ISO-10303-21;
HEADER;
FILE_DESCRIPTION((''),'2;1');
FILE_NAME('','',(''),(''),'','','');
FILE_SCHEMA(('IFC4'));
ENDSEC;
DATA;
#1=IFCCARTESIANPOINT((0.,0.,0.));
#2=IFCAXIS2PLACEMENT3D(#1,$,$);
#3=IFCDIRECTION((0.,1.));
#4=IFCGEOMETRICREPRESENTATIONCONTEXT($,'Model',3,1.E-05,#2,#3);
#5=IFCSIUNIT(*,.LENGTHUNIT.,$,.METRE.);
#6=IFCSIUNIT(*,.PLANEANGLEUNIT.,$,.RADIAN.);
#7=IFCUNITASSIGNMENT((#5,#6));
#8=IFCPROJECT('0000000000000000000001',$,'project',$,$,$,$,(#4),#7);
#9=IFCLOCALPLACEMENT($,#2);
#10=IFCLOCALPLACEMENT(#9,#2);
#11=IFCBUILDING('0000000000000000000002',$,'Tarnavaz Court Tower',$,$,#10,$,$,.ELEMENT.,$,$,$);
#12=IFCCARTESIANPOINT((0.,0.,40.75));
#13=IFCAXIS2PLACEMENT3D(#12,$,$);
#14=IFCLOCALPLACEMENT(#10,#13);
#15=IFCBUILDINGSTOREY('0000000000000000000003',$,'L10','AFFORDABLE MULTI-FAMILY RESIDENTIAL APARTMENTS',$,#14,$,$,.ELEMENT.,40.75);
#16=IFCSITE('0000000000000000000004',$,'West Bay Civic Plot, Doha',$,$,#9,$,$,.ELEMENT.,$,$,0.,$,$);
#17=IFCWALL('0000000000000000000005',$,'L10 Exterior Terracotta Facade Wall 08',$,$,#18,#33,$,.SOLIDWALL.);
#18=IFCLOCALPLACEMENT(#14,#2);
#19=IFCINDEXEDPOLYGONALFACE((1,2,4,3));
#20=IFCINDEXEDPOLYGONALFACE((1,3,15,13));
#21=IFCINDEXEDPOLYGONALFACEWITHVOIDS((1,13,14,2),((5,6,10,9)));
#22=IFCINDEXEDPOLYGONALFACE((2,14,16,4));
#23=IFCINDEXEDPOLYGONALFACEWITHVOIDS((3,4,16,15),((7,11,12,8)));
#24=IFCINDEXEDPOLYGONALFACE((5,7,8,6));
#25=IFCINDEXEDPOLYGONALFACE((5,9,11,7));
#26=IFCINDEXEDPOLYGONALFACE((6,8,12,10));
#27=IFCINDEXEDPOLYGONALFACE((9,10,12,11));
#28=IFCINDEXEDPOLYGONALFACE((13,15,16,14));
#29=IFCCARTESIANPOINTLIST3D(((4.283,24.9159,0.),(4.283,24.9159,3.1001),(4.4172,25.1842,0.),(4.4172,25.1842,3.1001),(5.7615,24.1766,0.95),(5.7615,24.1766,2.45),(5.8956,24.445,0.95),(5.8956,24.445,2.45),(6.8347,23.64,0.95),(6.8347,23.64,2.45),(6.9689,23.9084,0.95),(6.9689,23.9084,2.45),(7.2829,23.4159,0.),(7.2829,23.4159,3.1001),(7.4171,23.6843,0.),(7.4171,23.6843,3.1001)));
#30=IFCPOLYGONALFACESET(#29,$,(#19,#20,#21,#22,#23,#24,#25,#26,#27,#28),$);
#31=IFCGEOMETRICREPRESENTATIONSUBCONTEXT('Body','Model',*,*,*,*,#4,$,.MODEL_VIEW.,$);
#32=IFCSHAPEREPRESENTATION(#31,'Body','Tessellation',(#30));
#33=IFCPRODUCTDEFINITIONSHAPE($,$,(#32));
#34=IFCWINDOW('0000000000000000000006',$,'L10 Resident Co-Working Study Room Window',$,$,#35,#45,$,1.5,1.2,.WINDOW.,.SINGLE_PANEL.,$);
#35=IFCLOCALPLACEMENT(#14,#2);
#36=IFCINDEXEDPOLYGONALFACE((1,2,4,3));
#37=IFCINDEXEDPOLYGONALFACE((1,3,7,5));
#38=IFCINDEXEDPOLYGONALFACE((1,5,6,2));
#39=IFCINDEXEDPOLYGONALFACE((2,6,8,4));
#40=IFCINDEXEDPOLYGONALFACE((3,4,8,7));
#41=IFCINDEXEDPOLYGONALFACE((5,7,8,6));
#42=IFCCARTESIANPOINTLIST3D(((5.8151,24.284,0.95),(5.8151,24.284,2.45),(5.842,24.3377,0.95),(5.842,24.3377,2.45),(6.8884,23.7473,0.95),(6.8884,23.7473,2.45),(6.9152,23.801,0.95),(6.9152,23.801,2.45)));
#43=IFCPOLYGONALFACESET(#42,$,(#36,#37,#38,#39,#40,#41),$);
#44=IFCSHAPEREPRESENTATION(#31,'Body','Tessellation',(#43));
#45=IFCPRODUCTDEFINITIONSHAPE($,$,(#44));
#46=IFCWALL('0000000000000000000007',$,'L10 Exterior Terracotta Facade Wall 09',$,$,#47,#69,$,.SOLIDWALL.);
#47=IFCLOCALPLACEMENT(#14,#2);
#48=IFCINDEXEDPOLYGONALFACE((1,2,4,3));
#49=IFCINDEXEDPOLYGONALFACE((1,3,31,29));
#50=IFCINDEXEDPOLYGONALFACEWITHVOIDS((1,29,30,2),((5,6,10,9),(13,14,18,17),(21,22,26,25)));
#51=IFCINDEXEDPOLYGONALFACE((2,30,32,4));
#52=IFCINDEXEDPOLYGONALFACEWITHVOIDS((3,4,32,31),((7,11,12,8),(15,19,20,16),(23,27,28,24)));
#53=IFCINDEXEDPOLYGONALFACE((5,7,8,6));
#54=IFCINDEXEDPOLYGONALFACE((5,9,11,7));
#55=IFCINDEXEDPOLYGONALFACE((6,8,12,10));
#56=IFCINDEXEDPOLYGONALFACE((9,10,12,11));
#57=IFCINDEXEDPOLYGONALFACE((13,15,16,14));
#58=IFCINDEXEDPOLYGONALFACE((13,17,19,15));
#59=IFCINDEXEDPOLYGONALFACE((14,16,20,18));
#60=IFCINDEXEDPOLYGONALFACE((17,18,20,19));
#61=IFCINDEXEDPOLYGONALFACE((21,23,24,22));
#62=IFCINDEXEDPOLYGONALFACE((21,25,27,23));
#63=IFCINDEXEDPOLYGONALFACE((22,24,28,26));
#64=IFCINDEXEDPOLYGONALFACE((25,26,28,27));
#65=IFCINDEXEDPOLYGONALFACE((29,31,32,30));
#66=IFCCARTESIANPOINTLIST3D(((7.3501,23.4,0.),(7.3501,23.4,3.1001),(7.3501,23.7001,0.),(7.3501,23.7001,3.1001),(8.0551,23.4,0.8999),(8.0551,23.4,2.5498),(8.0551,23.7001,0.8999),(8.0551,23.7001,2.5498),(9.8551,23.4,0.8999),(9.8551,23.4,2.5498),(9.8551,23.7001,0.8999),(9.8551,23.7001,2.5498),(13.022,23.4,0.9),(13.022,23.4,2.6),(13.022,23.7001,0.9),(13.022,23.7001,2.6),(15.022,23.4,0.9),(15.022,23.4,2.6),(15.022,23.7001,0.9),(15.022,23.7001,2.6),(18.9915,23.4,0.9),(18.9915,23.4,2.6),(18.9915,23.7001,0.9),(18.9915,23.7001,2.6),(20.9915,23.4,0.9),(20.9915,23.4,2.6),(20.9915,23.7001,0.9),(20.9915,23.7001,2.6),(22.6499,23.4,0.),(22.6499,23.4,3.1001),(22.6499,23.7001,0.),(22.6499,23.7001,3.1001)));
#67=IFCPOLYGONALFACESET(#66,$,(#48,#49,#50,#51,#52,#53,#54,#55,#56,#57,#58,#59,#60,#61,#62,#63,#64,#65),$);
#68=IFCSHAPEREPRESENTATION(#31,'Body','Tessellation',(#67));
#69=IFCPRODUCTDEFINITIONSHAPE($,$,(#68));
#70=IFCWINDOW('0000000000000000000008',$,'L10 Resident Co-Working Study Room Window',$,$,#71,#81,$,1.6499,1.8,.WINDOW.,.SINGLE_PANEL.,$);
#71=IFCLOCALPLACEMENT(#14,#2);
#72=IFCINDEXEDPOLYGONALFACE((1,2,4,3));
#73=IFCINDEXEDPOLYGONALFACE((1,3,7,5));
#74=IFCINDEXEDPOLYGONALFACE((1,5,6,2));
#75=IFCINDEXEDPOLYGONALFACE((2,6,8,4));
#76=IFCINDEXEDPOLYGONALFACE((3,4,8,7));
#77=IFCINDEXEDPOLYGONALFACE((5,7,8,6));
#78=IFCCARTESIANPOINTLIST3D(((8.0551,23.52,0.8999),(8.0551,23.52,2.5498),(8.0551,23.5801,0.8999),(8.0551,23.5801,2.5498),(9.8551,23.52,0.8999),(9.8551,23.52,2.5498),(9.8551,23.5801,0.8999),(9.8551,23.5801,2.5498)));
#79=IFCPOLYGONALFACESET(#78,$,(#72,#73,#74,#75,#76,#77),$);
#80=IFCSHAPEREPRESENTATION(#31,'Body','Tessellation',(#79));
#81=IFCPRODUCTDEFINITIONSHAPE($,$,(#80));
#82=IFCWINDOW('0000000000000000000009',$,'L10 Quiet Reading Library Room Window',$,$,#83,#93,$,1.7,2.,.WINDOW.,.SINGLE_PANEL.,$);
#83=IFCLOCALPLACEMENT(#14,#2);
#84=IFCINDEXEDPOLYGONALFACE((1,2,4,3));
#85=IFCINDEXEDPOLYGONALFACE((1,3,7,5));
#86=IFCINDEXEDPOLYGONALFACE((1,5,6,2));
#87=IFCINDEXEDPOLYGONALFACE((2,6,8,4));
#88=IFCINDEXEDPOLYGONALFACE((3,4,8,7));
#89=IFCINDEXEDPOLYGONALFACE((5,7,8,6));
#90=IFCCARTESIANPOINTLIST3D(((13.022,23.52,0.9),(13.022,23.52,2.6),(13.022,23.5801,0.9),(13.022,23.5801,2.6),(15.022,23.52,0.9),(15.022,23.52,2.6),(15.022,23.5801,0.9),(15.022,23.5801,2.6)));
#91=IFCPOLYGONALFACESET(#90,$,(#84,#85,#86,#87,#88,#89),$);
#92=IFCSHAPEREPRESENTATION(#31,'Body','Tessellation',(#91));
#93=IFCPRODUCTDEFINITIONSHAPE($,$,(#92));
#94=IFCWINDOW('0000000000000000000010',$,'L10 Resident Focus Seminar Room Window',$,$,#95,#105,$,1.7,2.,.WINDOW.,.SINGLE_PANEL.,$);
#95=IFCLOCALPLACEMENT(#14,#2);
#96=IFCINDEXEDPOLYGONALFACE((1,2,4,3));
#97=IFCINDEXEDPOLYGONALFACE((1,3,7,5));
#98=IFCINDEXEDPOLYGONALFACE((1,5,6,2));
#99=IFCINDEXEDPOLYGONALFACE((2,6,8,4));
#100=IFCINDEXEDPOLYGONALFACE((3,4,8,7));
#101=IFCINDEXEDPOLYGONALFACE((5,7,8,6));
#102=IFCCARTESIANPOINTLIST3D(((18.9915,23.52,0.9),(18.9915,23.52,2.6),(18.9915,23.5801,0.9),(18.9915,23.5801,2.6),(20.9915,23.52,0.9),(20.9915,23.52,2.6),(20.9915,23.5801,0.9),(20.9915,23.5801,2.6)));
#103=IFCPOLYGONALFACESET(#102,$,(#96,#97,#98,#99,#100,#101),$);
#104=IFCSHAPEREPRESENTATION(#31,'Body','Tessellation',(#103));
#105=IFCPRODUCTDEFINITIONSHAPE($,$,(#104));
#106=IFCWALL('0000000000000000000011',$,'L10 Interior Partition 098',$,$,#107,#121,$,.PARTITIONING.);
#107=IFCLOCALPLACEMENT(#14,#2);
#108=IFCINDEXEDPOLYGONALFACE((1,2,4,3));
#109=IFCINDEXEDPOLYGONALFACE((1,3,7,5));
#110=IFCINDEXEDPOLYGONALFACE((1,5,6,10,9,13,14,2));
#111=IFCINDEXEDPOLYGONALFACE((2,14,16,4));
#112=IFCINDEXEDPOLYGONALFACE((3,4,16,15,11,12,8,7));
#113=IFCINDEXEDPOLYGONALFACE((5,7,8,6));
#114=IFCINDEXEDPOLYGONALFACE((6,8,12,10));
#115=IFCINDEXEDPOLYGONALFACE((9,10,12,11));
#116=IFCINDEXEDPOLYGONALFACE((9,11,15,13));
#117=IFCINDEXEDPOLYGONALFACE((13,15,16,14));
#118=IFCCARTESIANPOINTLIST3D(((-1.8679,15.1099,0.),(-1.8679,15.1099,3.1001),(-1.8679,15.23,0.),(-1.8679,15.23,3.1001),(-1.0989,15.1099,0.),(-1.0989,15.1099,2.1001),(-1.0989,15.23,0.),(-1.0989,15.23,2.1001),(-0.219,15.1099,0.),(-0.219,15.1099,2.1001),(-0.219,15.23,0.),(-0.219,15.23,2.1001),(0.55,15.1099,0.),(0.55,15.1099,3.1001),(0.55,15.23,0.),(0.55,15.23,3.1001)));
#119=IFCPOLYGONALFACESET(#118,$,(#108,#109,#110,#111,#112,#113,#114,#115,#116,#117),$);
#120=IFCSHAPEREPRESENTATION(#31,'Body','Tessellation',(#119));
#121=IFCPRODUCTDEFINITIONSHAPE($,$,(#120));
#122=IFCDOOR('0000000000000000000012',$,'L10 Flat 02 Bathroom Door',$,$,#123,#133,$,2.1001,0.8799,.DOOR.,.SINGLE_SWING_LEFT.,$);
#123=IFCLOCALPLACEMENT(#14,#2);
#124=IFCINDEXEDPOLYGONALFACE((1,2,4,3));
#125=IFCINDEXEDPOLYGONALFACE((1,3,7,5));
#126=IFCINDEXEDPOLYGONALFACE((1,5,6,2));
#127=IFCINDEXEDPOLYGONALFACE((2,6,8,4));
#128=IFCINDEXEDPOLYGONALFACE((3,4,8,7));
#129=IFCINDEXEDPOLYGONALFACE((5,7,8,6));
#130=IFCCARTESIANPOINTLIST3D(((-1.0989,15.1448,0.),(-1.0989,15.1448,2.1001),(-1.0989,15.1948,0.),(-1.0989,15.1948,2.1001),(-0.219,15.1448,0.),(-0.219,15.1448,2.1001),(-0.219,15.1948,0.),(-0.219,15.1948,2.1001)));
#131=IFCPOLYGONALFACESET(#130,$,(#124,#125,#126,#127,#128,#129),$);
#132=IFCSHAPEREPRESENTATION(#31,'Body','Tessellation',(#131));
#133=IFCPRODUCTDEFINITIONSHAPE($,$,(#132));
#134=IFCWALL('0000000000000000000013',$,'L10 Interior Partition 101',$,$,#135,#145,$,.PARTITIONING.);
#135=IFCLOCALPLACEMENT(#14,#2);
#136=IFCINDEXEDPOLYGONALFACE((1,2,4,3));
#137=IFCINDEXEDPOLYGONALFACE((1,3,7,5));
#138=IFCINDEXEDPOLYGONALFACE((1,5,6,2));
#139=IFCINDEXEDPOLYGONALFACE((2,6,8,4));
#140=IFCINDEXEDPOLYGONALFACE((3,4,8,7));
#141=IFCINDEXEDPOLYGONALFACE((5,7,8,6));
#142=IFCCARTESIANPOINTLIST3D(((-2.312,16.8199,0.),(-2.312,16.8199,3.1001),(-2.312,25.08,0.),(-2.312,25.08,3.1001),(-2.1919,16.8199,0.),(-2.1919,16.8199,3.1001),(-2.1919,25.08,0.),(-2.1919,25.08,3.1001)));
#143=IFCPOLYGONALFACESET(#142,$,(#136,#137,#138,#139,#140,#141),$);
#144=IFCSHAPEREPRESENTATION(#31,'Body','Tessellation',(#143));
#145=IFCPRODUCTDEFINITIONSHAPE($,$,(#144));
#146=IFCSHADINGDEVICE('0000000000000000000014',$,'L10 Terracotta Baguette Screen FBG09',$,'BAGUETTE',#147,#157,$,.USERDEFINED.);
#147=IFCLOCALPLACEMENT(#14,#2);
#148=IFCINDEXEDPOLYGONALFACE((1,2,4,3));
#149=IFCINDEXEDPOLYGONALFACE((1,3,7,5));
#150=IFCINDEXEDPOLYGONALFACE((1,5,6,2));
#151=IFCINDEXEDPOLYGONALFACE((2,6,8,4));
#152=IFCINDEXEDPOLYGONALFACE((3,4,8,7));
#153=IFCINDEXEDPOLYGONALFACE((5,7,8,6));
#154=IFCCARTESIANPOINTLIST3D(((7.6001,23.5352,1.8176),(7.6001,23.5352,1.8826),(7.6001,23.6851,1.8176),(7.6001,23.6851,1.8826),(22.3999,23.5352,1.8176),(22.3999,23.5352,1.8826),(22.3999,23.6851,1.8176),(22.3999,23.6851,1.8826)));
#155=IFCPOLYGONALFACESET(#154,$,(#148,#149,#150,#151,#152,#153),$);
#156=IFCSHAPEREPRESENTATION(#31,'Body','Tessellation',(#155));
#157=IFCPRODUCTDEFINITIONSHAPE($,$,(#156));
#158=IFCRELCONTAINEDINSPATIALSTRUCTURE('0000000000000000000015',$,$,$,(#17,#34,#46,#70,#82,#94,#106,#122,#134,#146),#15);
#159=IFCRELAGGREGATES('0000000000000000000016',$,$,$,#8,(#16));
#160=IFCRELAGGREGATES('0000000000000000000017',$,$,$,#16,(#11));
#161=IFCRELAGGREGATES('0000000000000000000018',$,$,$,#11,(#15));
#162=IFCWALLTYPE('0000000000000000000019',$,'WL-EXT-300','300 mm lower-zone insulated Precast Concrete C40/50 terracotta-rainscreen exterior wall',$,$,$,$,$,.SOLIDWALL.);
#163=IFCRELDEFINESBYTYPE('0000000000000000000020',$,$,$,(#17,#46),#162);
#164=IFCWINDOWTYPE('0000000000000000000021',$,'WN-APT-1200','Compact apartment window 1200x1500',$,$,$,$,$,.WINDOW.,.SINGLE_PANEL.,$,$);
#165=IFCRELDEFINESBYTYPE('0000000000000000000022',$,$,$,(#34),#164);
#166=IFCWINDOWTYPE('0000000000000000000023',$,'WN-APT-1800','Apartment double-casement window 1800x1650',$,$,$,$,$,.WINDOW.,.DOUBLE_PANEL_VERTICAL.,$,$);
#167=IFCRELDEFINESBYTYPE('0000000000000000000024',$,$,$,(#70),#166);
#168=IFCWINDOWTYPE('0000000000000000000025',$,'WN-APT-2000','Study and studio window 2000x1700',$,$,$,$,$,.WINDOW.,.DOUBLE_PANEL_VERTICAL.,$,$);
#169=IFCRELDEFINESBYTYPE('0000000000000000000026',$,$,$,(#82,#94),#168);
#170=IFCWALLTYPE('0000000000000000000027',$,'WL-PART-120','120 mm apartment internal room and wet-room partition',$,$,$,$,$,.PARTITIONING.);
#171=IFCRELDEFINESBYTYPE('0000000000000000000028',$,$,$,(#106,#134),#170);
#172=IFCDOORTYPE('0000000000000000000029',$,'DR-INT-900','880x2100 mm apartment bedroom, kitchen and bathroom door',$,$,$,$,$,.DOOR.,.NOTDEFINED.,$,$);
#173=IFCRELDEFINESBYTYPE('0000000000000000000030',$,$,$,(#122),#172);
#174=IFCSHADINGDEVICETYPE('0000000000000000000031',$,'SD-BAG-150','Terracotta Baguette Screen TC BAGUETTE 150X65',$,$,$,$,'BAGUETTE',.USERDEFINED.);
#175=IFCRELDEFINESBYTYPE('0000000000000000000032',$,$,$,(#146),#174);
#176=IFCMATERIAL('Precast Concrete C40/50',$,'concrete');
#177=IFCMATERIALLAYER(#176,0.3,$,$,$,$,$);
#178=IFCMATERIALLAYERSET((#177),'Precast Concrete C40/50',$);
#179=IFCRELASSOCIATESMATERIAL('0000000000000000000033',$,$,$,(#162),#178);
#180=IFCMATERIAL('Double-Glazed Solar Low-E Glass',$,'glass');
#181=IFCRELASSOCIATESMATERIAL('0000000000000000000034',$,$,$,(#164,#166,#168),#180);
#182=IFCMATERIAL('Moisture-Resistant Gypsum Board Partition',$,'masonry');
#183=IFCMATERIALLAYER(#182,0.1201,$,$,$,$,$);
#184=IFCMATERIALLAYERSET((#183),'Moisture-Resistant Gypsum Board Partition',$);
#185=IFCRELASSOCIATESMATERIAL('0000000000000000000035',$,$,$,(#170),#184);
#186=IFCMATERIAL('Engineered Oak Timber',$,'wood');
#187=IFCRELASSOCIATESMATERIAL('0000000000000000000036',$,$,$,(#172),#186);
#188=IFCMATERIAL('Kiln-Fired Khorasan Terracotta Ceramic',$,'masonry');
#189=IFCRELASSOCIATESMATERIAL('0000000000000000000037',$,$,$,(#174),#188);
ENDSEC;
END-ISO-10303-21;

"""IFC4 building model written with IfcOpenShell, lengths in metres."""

from ifc_helpers import new_model, si_unit, direction, frame, frame_2d, origin, origin_2d, place, context, subcontext, project, spatial, rectangle, extrude, material, layer, layer_set, material_profile, profile_set, type_object, element, fill, save


model = new_model("IFC4")

# Units and contexts
model_context = context("Model", 3, precision=1e-05, world=origin(), true_north=direction((0.0, 1.0)))
body_context = subcontext(model_context, "Body", "Model", "MODEL_VIEW")
ifc_project = project(units=[si_unit("LENGTHUNIT", "METRE"), si_unit("PLANEANGLEUNIT", "RADIAN")], contexts=[model_context])

# Site, building, storey
site_placement = place(None, origin())
site = spatial("IfcSite", under=ifc_project, at=site_placement, Name="West Bay Civic Plot, Doha", CompositionType="ELEMENT", RefElevation=0.0)
building_placement = place(site_placement, origin())
building = spatial("IfcBuilding", under=site, at=building_placement, Name="Tarnavaz Court Tower", CompositionType="ELEMENT")
storey_placement = place(building_placement, frame((0.0, 0.0, 40.75)))
storey = spatial("IfcBuildingStorey", under=building, at=storey_placement, Name="L10", Description="AFFORDABLE MULTI-FAMILY RESIDENTIAL APARTMENTS", CompositionType="ELEMENT", Elevation=40.75)

# Shared definitions
ifc_material_1 = material(Name="Double-Glazed Solar Low-E Glass", Category="glass")

# Wall, opening, window
ifc_material_2 = material(Name="Precast Concrete C40/50", Category="concrete")
ifc_layer_1 = layer(ifc_material_2, 0.3)
ifc_layer_set_1 = layer_set([ifc_layer_1], Name="Precast Concrete C40/50")
wall_type_1 = type_object("IfcWallType", Name="WL-EXT-300", Description="300 mm lower-zone insulated Precast Concrete C40/50 terracotta-rainscreen exterior wall", PredefinedType="SOLIDWALL", material=ifc_layer_set_1)
wall_1_placement = place(storey_placement, frame((4.3501, 25.05, 0.0), z_axis=(0.0, 0.0, 1.0), x_axis=(0.894427, -0.447214, 0.0)))
wall_1 = element("IfcWall", 1, at=wall_1_placement, inside=storey, type_object=wall_type_1, Name="L10 Exterior Terracotta Facade Wall 08", PredefinedType="SOLIDWALL", context=body_context, shape_type="SweptSolid", body=[
    extrude(rectangle(XDim=3.354, YDim=0.3, at=frame_2d((1.677, 0.0))), origin(), (0.0, 0.0, 1.0), 3.1001),
])
opening_1_placement = place(wall_1_placement, frame((1.6528, 0.0, 0.95)))
opening_1 = element("IfcOpeningElement", 2, at=opening_1_placement, cuts=wall_1, PredefinedType="OPENING", context=body_context, shape_type="SweptSolid", body=[
    extrude(rectangle(XDim=1.2, YDim=1.5, at=frame_2d((0.6001, 0.75))), frame((0.0, 0.1599, 0.0), z_axis=(0.0, -1.0, 0.0), x_axis=(1.0, 0.0, 0.0)), (0.0, 0.0, 1.0), 0.3201),
])
window_type_1 = type_object("IfcWindowType", Name="WN-APT-1200", Description="Compact apartment window 1200x1500", PartitioningType="SINGLE_PANEL", PredefinedType="WINDOW", material=ifc_material_1)
window_1_placement = place(opening_1_placement, origin())
window_1 = element("IfcWindow", 3, at=window_1_placement, inside=storey, type_object=window_type_1, Name="L10 Resident Co-Working Study Room Window", OverallHeight=1.5, OverallWidth=1.2, PartitioningType="SINGLE_PANEL", PredefinedType="WINDOW", context=body_context, shape_type="SweptSolid", body=[
    extrude(rectangle(XDim=1.2, YDim=1.5, at=frame_2d((0.6001, 0.75))), frame((0.0, 0.03, 0.0), z_axis=(0.0, -1.0, 0.0), x_axis=(1.0, 0.0, 0.0)), (0.0, 0.0, 1.0), 0.0601),
])
fill(opening_1, window_1)

# Wall, openings, windows
wall_2_placement = place(storey_placement, frame((7.3501, 23.55, 0.0), z_axis=(0.0, 0.0, 1.0), x_axis=(1.0, 0.0, 0.0)))
wall_2 = element("IfcWall", 4, at=wall_2_placement, inside=storey, type_object=wall_type_1, Name="L10 Exterior Terracotta Facade Wall 09", PredefinedType="SOLIDWALL", context=body_context, shape_type="SweptSolid", body=[
    extrude(rectangle(XDim=15.2998, YDim=0.3, at=frame_2d((7.6499, 0.0))), origin(), (0.0, 0.0, 1.0), 3.1001),
])
opening_2_placement = place(wall_2_placement, frame((0.7051, 0.0, 0.8999)))
opening_2 = element("IfcOpeningElement", 5, at=opening_2_placement, cuts=wall_2, PredefinedType="OPENING", context=body_context, shape_type="SweptSolid", body=[
    extrude(rectangle(XDim=1.8, YDim=1.6499, at=frame_2d((0.8999, 0.825))), frame((0.0, 0.1599, 0.0), z_axis=(0.0, -1.0, 0.0), x_axis=(1.0, 0.0, 0.0)), (0.0, 0.0, 1.0), 0.3201),
])
opening_3_placement = place(wall_2_placement, frame((5.6719, 0.0, 0.8999)))
opening_3 = element("IfcOpeningElement", 6, at=opening_3_placement, cuts=wall_2, PredefinedType="OPENING", context=body_context, shape_type="SweptSolid", body=[
    extrude(rectangle(XDim=2.0, YDim=1.7, at=frame_2d((1.0, 0.8501))), frame((0.0, 0.1599, 0.0), z_axis=(0.0, -1.0, 0.0), x_axis=(1.0, 0.0, 0.0)), (0.0, 0.0, 1.0), 0.3201),
])
opening_4_placement = place(wall_2_placement, frame((11.6414, 0.0, 0.8999)))
opening_4 = element("IfcOpeningElement", 7, at=opening_4_placement, cuts=wall_2, PredefinedType="OPENING", context=body_context, shape_type="SweptSolid", body=[
    extrude(rectangle(XDim=2.0, YDim=1.7, at=frame_2d((1.0, 0.8501))), frame((0.0, 0.1599, 0.0), z_axis=(0.0, -1.0, 0.0), x_axis=(1.0, 0.0, 0.0)), (0.0, 0.0, 1.0), 0.3201),
])
window_type_2 = type_object("IfcWindowType", Name="WN-APT-1800", Description="Apartment double-casement window 1800x1650", PartitioningType="DOUBLE_PANEL_VERTICAL", PredefinedType="WINDOW", material=ifc_material_1)
window_2_placement = place(opening_2_placement, origin())
window_2 = element("IfcWindow", 8, at=window_2_placement, inside=storey, type_object=window_type_2, Name="L10 Resident Co-Working Study Room Window", OverallHeight=1.6499, OverallWidth=1.8, PartitioningType="SINGLE_PANEL", PredefinedType="WINDOW", context=body_context, shape_type="SweptSolid", body=[
    extrude(rectangle(XDim=1.8, YDim=1.6499, at=frame_2d((0.8999, 0.825))), frame((0.0, 0.03, 0.0), z_axis=(0.0, -1.0, 0.0), x_axis=(1.0, 0.0, 0.0)), (0.0, 0.0, 1.0), 0.0601),
])
fill(opening_2, window_2)
window_type_3 = type_object("IfcWindowType", Name="WN-APT-2000", Description="Study and studio window 2000x1700", PartitioningType="DOUBLE_PANEL_VERTICAL", PredefinedType="WINDOW", material=ifc_material_1)
window_3_placement = place(opening_3_placement, origin())
window_3 = element("IfcWindow", 9, at=window_3_placement, inside=storey, type_object=window_type_3, Name="L10 Quiet Reading Library Room Window", OverallHeight=1.7, OverallWidth=2.0, PartitioningType="SINGLE_PANEL", PredefinedType="WINDOW", context=body_context, shape_type="SweptSolid", body=[
    extrude(rectangle(XDim=2.0, YDim=1.7, at=frame_2d((1.0, 0.8501))), frame((0.0, 0.03, 0.0), z_axis=(0.0, -1.0, 0.0), x_axis=(1.0, 0.0, 0.0)), (0.0, 0.0, 1.0), 0.0601),
])
fill(opening_3, window_3)
window_4_placement = place(opening_4_placement, origin())
window_4 = element("IfcWindow", 10, at=window_4_placement, inside=storey, type_object=window_type_3, Name="L10 Resident Focus Seminar Room Window", OverallHeight=1.7, OverallWidth=2.0, PartitioningType="SINGLE_PANEL", PredefinedType="WINDOW", context=body_context, shape_type="SweptSolid", body=[
    extrude(rectangle(XDim=2.0, YDim=1.7, at=frame_2d((1.0, 0.8501))), frame((0.0, 0.03, 0.0), z_axis=(0.0, -1.0, 0.0), x_axis=(1.0, 0.0, 0.0)), (0.0, 0.0, 1.0), 0.0601),
])
fill(opening_4, window_4)

# Wall, opening, door
ifc_material_3 = material(Name="Moisture-Resistant Gypsum Board Partition", Category="masonry")
ifc_layer_2 = layer(ifc_material_3, 0.1201)
ifc_layer_set_2 = layer_set([ifc_layer_2], Name="Moisture-Resistant Gypsum Board Partition")
wall_type_2 = type_object("IfcWallType", Name="WL-PART-120", Description="120 mm apartment internal room and wet-room partition", PredefinedType="PARTITIONING", material=ifc_layer_set_2)
wall_3_placement = place(storey_placement, frame((-1.8679, 15.1699, 0.0), z_axis=(0.0, 0.0, 1.0), x_axis=(1.0, 0.0, 0.0)))
wall_3 = element("IfcWall", 11, at=wall_3_placement, inside=storey, type_object=wall_type_2, Name="L10 Interior Partition 098", PredefinedType="PARTITIONING", context=body_context, shape_type="SweptSolid", body=[
    extrude(rectangle(XDim=2.418, YDim=0.1201, at=frame_2d((1.209, 0.0))), origin(), (0.0, 0.0, 1.0), 3.1001),
])
opening_5_placement = place(wall_3_placement, frame((0.769, 0.0, 0.0)))
opening_5 = element("IfcOpeningElement", 12, at=opening_5_placement, cuts=wall_3, PredefinedType="OPENING", context=body_context, shape_type="SweptSolid", body=[
    extrude(rectangle(XDim=0.8799, YDim=2.1001, at=frame_2d((0.4399, 1.05))), frame((0.0, 0.0701, 0.0), z_axis=(0.0, -1.0, 0.0), x_axis=(1.0, 0.0, 0.0)), (0.0, 0.0, 1.0), 0.1401),
])
ifc_material_4 = material(Name="Engineered Oak Timber", Category="wood")
door_type = type_object("IfcDoorType", Name="DR-INT-900", Description="880x2100 mm apartment bedroom, kitchen and bathroom door", OperationType="NOTDEFINED", PredefinedType="DOOR", material=ifc_material_4)
door_placement = place(opening_5_placement, origin())
door = element("IfcDoor", 13, at=door_placement, inside=storey, type_object=door_type, Name="L10 Flat 02 Bathroom Door", OperationType="SINGLE_SWING_LEFT", OverallHeight=2.1001, OverallWidth=0.8799, PredefinedType="DOOR", context=body_context, shape_type="SweptSolid", body=[
    extrude(rectangle(XDim=0.8799, YDim=2.1001, at=frame_2d((0.4399, 1.05))), frame((0.0, 0.0249, 0.0), z_axis=(0.0, -1.0, 0.0), x_axis=(1.0, 0.0, 0.0)), (0.0, 0.0, 1.0), 0.05),
])
fill(opening_5, door)

# Wall
wall_4_placement = place(storey_placement, frame((-2.252, 16.8201, 0.0), z_axis=(0.0, 0.0, 1.0), x_axis=(0.0, 1.0, 0.0)))
element("IfcWall", 14, at=wall_4_placement, inside=storey, type_object=wall_type_2, Name="L10 Interior Partition 101", PredefinedType="PARTITIONING", context=body_context, shape_type="SweptSolid", body=[
    extrude(rectangle(XDim=8.26, YDim=0.1201, at=frame_2d((4.1299, 0.0))), origin(), (0.0, 0.0, 1.0), 3.1001),
])

# Shading device
ifc_material_5 = material(Name="Kiln-Fired Khorasan Terracotta Ceramic", Category="masonry")
ifc_material_profile_1 = material_profile(ifc_material_5, rectangle(XDim=0.1499, YDim=0.0649, at=origin_2d()), Name="TC BAGUETTE 150X65")
ifc_profile_set_1 = profile_set([ifc_material_profile_1], Name="Kiln-Fired Khorasan Terracotta Ceramic")
shading_device_type = type_object("IfcShadingDeviceType", Name="SD-BAG-150", Description="Terracotta Baguette Screen TC BAGUETTE 150X65", ElementType="BAGUETTE", PredefinedType="USERDEFINED", material=ifc_profile_set_1)
shading_device_placement = place(storey_placement, frame((7.6001, 23.6101, 1.8501), z_axis=(1.0, 0.0, 0.0), x_axis=(0.0, 1.0, 0.0)))
element("IfcShadingDevice", 15, at=shading_device_placement, inside=storey, type_object=shading_device_type, Name="L10 Terracotta Baguette Screen FBG09", ObjectType="BAGUETTE", PredefinedType="USERDEFINED", context=body_context, shape_type="SweptSolid", body=[
    extrude(rectangle(XDim=0.1499, YDim=0.0649, at=origin_2d()), origin(), (0.0, 0.0, 1.0), 14.7998),
])

save(model, "model.ifc")
